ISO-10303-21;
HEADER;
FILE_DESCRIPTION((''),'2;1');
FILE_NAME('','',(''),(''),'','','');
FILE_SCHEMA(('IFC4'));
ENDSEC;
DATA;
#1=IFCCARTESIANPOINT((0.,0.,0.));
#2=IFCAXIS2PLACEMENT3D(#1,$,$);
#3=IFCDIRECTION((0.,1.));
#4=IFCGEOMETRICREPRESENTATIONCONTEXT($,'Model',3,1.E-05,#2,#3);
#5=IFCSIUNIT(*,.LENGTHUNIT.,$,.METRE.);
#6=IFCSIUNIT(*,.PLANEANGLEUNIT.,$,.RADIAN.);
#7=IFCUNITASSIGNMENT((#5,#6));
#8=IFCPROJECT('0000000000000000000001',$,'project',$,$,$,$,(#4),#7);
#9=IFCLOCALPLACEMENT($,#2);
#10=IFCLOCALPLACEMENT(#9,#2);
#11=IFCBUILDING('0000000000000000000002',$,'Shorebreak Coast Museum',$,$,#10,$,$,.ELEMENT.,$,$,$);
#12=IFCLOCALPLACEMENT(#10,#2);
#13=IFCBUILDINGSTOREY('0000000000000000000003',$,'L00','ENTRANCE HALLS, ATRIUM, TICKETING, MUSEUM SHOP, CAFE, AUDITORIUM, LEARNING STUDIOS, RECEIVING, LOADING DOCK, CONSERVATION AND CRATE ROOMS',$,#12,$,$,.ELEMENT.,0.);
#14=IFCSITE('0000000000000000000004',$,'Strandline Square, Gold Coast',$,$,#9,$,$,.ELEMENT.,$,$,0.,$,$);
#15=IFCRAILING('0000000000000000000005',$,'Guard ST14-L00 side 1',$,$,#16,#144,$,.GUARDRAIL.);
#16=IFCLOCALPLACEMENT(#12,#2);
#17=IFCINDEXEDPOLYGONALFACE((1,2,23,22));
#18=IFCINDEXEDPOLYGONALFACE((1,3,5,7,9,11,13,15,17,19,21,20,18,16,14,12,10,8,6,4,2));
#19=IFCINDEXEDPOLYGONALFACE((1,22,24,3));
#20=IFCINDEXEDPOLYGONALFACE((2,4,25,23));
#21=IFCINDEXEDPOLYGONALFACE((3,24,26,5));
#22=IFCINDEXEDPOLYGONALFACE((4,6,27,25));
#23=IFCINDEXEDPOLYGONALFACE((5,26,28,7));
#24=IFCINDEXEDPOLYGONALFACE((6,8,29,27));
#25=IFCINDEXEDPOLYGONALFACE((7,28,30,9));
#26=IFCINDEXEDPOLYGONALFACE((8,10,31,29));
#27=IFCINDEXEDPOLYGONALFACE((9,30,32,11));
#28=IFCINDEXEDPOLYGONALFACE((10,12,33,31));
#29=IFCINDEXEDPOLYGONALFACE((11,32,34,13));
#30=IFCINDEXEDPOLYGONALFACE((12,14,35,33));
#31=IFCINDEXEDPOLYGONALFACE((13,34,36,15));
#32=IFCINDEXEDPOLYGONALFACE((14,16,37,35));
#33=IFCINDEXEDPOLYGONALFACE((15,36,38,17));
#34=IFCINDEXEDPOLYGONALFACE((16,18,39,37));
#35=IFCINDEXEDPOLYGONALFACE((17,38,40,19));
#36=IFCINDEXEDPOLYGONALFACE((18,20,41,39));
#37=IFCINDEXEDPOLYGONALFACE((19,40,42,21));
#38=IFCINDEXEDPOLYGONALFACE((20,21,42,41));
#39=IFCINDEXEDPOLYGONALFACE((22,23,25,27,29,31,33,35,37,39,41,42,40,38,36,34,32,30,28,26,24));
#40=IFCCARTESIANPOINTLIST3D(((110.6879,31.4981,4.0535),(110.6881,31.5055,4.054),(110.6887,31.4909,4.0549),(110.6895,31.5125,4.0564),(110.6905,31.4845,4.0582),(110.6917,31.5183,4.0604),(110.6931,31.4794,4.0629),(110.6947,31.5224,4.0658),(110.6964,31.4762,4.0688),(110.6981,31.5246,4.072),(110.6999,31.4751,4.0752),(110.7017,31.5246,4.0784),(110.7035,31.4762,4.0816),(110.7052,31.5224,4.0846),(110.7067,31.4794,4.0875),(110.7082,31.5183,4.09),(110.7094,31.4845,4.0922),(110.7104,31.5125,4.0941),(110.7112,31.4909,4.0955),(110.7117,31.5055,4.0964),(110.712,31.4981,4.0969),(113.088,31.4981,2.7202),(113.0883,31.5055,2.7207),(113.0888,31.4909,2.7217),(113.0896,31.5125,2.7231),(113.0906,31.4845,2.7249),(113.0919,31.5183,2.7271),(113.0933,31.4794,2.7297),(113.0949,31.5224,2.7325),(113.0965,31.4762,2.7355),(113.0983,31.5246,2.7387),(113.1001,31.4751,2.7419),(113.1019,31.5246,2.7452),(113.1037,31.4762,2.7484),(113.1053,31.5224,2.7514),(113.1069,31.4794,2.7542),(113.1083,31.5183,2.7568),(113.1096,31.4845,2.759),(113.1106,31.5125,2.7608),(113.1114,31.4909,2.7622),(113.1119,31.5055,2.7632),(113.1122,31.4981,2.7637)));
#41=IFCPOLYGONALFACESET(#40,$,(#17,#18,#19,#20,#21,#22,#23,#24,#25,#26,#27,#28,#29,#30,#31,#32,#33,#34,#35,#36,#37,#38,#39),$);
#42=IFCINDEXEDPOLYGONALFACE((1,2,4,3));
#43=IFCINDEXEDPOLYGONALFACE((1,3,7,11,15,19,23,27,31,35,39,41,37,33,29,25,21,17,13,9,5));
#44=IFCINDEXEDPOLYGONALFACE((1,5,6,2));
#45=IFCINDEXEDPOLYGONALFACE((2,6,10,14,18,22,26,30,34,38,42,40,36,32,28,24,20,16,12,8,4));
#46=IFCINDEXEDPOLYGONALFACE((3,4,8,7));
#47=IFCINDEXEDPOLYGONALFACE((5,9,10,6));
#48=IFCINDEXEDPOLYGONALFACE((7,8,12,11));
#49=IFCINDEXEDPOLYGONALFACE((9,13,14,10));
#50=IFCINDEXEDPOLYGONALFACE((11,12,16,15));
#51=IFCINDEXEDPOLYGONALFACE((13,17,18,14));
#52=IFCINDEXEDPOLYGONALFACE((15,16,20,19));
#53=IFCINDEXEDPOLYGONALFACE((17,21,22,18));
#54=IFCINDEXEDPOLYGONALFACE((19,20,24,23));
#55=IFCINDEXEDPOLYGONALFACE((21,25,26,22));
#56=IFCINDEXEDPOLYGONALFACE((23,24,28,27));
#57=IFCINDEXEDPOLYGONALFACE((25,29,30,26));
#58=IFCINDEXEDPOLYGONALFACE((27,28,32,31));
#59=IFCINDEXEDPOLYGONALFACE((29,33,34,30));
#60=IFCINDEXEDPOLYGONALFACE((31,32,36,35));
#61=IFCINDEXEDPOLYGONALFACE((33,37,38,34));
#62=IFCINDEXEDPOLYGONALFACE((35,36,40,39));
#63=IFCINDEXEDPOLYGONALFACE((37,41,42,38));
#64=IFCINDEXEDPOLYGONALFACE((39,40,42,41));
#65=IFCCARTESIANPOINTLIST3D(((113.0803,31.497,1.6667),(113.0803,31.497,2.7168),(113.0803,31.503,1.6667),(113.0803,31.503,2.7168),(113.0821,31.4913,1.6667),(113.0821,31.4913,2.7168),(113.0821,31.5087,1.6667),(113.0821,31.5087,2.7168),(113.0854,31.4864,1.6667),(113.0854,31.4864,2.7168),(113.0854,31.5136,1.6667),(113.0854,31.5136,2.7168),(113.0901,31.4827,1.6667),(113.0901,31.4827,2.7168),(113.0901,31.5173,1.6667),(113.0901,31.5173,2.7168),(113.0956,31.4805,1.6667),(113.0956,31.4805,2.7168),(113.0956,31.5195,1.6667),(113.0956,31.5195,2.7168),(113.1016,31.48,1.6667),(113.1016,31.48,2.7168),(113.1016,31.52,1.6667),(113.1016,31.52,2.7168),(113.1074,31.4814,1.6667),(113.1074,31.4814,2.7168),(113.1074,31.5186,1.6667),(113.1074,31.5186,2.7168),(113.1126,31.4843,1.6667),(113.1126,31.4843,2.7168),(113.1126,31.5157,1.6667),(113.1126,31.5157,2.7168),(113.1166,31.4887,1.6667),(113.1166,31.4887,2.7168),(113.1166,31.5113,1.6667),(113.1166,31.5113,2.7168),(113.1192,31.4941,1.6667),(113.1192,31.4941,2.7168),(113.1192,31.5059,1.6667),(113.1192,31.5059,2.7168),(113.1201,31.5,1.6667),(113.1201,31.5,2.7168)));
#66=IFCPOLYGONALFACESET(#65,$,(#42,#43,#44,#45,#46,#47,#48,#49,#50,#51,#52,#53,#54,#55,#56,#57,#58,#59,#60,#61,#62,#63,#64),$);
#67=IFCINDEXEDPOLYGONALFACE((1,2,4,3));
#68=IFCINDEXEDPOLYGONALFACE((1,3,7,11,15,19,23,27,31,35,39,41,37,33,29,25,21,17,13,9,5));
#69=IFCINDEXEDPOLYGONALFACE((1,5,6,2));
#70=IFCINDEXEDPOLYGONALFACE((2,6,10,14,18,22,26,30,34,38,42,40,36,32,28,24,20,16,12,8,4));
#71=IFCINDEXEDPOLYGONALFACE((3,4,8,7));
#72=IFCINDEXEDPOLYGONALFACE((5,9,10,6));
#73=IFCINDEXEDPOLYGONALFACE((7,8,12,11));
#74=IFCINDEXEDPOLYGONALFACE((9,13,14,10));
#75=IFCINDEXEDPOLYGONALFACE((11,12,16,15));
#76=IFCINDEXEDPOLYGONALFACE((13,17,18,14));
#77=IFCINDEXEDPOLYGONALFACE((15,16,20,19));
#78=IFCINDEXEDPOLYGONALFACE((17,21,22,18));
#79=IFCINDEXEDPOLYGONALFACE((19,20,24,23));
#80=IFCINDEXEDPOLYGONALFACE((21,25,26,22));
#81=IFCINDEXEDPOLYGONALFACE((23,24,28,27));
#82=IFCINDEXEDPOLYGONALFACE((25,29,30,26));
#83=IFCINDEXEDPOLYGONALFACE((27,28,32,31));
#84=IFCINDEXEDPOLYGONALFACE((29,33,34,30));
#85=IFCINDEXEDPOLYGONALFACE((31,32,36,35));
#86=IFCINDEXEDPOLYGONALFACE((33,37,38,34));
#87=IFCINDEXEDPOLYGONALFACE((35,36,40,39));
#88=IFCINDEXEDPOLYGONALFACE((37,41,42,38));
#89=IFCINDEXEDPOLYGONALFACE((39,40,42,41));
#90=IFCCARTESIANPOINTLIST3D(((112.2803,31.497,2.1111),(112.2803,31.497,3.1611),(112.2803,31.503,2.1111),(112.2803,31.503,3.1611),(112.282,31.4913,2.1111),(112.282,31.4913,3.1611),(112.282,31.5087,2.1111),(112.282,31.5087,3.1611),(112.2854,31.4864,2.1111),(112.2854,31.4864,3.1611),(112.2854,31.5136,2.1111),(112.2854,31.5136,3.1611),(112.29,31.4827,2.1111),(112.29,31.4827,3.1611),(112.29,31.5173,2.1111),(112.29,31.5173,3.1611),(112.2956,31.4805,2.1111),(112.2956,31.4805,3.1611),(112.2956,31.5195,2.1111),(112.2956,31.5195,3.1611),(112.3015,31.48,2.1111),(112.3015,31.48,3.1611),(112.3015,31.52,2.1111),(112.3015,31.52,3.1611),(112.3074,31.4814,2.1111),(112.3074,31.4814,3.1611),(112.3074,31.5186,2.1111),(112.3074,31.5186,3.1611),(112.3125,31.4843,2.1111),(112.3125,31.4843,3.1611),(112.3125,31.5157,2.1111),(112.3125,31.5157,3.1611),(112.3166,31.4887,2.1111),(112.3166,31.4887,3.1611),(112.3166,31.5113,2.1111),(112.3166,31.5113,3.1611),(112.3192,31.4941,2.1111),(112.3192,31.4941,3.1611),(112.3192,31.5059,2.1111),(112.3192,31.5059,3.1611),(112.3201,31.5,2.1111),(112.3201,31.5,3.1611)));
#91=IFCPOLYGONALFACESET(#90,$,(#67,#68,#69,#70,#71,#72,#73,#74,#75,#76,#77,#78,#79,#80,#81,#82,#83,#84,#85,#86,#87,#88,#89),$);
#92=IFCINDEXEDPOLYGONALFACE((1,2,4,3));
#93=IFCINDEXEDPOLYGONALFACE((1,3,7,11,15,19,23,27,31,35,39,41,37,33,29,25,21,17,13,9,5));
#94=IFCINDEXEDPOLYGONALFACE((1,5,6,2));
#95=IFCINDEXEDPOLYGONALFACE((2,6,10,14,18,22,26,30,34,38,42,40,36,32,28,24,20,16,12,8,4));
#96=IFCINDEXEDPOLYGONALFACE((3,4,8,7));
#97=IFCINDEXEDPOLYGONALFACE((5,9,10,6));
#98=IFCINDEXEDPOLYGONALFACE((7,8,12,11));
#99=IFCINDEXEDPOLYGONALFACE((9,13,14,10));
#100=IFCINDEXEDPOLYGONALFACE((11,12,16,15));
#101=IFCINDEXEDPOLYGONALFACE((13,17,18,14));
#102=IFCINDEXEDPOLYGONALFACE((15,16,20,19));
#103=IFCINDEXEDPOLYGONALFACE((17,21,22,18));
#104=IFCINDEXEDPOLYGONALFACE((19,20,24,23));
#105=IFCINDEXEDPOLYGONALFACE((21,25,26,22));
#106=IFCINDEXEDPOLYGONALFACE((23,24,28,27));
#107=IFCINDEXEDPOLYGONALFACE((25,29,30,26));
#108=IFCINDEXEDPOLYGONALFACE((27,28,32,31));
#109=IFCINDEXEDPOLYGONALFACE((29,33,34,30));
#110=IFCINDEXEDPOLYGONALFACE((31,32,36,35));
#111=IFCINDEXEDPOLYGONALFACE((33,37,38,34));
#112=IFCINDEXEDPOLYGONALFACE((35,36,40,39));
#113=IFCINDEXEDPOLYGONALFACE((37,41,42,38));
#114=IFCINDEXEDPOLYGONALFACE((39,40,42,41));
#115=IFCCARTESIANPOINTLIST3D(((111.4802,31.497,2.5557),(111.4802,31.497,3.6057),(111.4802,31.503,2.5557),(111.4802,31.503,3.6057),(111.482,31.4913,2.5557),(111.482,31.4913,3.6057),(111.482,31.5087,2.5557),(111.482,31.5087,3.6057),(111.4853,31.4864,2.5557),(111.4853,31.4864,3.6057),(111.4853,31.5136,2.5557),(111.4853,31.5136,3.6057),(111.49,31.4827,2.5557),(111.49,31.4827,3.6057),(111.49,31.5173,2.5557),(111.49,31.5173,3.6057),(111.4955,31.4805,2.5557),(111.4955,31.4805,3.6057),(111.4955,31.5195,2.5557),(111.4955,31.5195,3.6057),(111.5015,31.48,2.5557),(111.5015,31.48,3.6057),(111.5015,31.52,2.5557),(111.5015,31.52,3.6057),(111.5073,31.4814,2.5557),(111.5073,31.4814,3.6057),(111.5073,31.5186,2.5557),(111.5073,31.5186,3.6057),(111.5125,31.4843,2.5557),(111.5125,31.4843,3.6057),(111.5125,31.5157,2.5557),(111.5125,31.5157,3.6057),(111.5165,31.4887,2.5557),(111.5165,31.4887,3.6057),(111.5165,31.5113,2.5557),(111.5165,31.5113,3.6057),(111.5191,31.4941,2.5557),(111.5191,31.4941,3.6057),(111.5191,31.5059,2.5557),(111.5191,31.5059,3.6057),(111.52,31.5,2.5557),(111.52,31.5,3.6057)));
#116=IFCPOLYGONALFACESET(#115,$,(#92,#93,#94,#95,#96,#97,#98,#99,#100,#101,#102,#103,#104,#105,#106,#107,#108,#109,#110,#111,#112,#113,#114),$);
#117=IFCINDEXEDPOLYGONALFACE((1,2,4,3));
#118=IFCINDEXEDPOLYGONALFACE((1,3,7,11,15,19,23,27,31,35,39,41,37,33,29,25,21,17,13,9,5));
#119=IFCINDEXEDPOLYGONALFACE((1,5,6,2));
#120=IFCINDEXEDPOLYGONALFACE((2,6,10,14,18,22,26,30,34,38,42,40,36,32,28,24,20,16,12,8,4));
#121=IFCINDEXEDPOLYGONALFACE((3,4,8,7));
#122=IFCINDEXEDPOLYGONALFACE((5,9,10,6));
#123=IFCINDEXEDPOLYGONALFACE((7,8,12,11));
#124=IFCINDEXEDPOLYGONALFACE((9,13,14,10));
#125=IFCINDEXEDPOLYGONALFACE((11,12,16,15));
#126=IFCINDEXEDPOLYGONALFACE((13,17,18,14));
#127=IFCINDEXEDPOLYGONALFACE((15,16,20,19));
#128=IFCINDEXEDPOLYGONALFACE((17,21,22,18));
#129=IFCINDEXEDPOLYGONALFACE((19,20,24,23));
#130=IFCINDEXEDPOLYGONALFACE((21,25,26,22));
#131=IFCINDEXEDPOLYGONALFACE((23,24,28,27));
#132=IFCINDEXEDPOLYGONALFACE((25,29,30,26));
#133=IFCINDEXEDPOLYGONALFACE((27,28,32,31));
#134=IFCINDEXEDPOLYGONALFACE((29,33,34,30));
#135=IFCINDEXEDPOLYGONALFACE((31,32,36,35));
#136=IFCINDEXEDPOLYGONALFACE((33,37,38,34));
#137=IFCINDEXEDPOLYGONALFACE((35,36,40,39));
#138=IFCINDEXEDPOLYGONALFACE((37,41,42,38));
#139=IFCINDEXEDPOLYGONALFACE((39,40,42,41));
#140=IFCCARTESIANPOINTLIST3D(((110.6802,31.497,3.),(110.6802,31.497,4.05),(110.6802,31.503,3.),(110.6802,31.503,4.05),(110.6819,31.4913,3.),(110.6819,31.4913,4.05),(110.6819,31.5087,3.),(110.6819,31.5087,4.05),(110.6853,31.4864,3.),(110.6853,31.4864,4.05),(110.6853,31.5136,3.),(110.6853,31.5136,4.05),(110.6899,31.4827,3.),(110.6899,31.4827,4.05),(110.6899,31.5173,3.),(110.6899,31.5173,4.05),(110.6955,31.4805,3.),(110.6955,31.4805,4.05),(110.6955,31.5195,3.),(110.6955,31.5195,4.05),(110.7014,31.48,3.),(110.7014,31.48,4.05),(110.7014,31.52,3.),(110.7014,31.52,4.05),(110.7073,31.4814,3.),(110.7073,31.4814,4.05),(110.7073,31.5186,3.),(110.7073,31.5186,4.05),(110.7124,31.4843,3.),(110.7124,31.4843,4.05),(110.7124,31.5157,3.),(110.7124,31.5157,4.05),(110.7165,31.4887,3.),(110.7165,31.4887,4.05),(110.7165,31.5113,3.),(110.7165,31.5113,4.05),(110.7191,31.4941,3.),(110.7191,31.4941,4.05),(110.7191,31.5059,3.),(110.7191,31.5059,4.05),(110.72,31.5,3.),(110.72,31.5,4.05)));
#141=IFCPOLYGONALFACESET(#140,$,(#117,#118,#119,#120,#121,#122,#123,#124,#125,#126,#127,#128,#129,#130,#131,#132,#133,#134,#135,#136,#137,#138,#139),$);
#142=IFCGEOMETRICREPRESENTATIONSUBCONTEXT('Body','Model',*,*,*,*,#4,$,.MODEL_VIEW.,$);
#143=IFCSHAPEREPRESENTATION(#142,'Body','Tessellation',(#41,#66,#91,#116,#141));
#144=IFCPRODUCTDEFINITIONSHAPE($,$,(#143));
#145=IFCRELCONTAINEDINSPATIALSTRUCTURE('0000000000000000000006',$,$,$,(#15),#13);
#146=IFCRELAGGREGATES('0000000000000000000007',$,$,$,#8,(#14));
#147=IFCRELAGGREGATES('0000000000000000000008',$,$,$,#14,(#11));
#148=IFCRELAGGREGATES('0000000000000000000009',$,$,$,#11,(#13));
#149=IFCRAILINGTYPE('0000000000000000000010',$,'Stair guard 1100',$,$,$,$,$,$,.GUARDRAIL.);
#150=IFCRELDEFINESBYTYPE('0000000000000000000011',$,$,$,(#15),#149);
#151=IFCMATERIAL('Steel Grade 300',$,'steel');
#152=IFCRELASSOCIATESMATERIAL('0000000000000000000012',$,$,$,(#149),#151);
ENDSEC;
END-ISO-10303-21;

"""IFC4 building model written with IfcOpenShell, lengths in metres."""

from ifc_helpers import new_model, si_unit, direction, frame, origin, origin_2d, place, context, subcontext, project, spatial, circle, extrude, material, type_object, element, save


model = new_model("IFC4")

# Units and contexts
model_context = context("Model", 3, precision=1e-05, world=origin(), true_north=direction((0.0, 1.0)))
body_context = subcontext(model_context, "Body", "Model", "MODEL_VIEW")
ifc_project = project(units=[si_unit("LENGTHUNIT", "METRE"), si_unit("PLANEANGLEUNIT", "RADIAN")], contexts=[model_context])

# Site, building, storey
site_placement = place(None, origin())
site = spatial("IfcSite", under=ifc_project, at=site_placement, Name="Strandline Square, Gold Coast", CompositionType="ELEMENT", RefElevation=0.0)
building_placement = place(site_placement, origin())
building = spatial("IfcBuilding", under=site, at=building_placement, Name="Shorebreak Coast Museum", CompositionType="ELEMENT")
storey_placement = place(building_placement, origin())
storey = spatial("IfcBuildingStorey", under=building, at=storey_placement, Name="L00", Description="ENTRANCE HALLS, ATRIUM, TICKETING, MUSEUM SHOP, CAFE, AUDITORIUM, LEARNING STUDIOS, RECEIVING, LOADING DOCK, CONSERVATION AND CRATE ROOMS", CompositionType="ELEMENT", Elevation=0.0)

# Railing
ifc_material_1 = material(Name="Steel Grade 300", Category="steel")
railing_type_1 = type_object("IfcRailingType", Name="Stair guard 1100", PredefinedType="GUARDRAIL", material=ifc_material_1)
for number, where, name in (
    (1, (113.1001, 31.5, 1.6667), "Guard ST14-L00 side 1"),
):
    element("IfcRailing", number, at=place(storey_placement, frame(where)), inside=storey, type_object=railing_type_1, Name=name, PredefinedType="GUARDRAIL", context=body_context, shape_type="SweptSolid", body=[
        extrude(circle(Radius=0.0249, at=origin_2d()), frame((0.0, 0.0, 1.0752), z_axis=(-0.874182, 0.0, 0.485598), x_axis=(0.0, -1.0, 0.0)), (0.0, 0.0, 1.0), 2.7456),
        extrude(circle(Radius=0.02, at=origin_2d()), origin(), (0.0, 0.0, 1.0), 1.05),
        extrude(circle(Radius=0.02, at=origin_2d()), frame((-0.8, 0.0, 0.4443)), (0.0, 0.0, 1.0), 1.05),
        extrude(circle(Radius=0.02, at=origin_2d()), frame((-1.6001, 0.0, 0.8889)), (0.0, 0.0, 1.0), 1.05),
        extrude(circle(Radius=0.02, at=origin_2d()), frame((-2.4001, 0.0, 1.3333)), (0.0, 0.0, 1.0), 1.05),
    ])

save(model, "model.ifc")
